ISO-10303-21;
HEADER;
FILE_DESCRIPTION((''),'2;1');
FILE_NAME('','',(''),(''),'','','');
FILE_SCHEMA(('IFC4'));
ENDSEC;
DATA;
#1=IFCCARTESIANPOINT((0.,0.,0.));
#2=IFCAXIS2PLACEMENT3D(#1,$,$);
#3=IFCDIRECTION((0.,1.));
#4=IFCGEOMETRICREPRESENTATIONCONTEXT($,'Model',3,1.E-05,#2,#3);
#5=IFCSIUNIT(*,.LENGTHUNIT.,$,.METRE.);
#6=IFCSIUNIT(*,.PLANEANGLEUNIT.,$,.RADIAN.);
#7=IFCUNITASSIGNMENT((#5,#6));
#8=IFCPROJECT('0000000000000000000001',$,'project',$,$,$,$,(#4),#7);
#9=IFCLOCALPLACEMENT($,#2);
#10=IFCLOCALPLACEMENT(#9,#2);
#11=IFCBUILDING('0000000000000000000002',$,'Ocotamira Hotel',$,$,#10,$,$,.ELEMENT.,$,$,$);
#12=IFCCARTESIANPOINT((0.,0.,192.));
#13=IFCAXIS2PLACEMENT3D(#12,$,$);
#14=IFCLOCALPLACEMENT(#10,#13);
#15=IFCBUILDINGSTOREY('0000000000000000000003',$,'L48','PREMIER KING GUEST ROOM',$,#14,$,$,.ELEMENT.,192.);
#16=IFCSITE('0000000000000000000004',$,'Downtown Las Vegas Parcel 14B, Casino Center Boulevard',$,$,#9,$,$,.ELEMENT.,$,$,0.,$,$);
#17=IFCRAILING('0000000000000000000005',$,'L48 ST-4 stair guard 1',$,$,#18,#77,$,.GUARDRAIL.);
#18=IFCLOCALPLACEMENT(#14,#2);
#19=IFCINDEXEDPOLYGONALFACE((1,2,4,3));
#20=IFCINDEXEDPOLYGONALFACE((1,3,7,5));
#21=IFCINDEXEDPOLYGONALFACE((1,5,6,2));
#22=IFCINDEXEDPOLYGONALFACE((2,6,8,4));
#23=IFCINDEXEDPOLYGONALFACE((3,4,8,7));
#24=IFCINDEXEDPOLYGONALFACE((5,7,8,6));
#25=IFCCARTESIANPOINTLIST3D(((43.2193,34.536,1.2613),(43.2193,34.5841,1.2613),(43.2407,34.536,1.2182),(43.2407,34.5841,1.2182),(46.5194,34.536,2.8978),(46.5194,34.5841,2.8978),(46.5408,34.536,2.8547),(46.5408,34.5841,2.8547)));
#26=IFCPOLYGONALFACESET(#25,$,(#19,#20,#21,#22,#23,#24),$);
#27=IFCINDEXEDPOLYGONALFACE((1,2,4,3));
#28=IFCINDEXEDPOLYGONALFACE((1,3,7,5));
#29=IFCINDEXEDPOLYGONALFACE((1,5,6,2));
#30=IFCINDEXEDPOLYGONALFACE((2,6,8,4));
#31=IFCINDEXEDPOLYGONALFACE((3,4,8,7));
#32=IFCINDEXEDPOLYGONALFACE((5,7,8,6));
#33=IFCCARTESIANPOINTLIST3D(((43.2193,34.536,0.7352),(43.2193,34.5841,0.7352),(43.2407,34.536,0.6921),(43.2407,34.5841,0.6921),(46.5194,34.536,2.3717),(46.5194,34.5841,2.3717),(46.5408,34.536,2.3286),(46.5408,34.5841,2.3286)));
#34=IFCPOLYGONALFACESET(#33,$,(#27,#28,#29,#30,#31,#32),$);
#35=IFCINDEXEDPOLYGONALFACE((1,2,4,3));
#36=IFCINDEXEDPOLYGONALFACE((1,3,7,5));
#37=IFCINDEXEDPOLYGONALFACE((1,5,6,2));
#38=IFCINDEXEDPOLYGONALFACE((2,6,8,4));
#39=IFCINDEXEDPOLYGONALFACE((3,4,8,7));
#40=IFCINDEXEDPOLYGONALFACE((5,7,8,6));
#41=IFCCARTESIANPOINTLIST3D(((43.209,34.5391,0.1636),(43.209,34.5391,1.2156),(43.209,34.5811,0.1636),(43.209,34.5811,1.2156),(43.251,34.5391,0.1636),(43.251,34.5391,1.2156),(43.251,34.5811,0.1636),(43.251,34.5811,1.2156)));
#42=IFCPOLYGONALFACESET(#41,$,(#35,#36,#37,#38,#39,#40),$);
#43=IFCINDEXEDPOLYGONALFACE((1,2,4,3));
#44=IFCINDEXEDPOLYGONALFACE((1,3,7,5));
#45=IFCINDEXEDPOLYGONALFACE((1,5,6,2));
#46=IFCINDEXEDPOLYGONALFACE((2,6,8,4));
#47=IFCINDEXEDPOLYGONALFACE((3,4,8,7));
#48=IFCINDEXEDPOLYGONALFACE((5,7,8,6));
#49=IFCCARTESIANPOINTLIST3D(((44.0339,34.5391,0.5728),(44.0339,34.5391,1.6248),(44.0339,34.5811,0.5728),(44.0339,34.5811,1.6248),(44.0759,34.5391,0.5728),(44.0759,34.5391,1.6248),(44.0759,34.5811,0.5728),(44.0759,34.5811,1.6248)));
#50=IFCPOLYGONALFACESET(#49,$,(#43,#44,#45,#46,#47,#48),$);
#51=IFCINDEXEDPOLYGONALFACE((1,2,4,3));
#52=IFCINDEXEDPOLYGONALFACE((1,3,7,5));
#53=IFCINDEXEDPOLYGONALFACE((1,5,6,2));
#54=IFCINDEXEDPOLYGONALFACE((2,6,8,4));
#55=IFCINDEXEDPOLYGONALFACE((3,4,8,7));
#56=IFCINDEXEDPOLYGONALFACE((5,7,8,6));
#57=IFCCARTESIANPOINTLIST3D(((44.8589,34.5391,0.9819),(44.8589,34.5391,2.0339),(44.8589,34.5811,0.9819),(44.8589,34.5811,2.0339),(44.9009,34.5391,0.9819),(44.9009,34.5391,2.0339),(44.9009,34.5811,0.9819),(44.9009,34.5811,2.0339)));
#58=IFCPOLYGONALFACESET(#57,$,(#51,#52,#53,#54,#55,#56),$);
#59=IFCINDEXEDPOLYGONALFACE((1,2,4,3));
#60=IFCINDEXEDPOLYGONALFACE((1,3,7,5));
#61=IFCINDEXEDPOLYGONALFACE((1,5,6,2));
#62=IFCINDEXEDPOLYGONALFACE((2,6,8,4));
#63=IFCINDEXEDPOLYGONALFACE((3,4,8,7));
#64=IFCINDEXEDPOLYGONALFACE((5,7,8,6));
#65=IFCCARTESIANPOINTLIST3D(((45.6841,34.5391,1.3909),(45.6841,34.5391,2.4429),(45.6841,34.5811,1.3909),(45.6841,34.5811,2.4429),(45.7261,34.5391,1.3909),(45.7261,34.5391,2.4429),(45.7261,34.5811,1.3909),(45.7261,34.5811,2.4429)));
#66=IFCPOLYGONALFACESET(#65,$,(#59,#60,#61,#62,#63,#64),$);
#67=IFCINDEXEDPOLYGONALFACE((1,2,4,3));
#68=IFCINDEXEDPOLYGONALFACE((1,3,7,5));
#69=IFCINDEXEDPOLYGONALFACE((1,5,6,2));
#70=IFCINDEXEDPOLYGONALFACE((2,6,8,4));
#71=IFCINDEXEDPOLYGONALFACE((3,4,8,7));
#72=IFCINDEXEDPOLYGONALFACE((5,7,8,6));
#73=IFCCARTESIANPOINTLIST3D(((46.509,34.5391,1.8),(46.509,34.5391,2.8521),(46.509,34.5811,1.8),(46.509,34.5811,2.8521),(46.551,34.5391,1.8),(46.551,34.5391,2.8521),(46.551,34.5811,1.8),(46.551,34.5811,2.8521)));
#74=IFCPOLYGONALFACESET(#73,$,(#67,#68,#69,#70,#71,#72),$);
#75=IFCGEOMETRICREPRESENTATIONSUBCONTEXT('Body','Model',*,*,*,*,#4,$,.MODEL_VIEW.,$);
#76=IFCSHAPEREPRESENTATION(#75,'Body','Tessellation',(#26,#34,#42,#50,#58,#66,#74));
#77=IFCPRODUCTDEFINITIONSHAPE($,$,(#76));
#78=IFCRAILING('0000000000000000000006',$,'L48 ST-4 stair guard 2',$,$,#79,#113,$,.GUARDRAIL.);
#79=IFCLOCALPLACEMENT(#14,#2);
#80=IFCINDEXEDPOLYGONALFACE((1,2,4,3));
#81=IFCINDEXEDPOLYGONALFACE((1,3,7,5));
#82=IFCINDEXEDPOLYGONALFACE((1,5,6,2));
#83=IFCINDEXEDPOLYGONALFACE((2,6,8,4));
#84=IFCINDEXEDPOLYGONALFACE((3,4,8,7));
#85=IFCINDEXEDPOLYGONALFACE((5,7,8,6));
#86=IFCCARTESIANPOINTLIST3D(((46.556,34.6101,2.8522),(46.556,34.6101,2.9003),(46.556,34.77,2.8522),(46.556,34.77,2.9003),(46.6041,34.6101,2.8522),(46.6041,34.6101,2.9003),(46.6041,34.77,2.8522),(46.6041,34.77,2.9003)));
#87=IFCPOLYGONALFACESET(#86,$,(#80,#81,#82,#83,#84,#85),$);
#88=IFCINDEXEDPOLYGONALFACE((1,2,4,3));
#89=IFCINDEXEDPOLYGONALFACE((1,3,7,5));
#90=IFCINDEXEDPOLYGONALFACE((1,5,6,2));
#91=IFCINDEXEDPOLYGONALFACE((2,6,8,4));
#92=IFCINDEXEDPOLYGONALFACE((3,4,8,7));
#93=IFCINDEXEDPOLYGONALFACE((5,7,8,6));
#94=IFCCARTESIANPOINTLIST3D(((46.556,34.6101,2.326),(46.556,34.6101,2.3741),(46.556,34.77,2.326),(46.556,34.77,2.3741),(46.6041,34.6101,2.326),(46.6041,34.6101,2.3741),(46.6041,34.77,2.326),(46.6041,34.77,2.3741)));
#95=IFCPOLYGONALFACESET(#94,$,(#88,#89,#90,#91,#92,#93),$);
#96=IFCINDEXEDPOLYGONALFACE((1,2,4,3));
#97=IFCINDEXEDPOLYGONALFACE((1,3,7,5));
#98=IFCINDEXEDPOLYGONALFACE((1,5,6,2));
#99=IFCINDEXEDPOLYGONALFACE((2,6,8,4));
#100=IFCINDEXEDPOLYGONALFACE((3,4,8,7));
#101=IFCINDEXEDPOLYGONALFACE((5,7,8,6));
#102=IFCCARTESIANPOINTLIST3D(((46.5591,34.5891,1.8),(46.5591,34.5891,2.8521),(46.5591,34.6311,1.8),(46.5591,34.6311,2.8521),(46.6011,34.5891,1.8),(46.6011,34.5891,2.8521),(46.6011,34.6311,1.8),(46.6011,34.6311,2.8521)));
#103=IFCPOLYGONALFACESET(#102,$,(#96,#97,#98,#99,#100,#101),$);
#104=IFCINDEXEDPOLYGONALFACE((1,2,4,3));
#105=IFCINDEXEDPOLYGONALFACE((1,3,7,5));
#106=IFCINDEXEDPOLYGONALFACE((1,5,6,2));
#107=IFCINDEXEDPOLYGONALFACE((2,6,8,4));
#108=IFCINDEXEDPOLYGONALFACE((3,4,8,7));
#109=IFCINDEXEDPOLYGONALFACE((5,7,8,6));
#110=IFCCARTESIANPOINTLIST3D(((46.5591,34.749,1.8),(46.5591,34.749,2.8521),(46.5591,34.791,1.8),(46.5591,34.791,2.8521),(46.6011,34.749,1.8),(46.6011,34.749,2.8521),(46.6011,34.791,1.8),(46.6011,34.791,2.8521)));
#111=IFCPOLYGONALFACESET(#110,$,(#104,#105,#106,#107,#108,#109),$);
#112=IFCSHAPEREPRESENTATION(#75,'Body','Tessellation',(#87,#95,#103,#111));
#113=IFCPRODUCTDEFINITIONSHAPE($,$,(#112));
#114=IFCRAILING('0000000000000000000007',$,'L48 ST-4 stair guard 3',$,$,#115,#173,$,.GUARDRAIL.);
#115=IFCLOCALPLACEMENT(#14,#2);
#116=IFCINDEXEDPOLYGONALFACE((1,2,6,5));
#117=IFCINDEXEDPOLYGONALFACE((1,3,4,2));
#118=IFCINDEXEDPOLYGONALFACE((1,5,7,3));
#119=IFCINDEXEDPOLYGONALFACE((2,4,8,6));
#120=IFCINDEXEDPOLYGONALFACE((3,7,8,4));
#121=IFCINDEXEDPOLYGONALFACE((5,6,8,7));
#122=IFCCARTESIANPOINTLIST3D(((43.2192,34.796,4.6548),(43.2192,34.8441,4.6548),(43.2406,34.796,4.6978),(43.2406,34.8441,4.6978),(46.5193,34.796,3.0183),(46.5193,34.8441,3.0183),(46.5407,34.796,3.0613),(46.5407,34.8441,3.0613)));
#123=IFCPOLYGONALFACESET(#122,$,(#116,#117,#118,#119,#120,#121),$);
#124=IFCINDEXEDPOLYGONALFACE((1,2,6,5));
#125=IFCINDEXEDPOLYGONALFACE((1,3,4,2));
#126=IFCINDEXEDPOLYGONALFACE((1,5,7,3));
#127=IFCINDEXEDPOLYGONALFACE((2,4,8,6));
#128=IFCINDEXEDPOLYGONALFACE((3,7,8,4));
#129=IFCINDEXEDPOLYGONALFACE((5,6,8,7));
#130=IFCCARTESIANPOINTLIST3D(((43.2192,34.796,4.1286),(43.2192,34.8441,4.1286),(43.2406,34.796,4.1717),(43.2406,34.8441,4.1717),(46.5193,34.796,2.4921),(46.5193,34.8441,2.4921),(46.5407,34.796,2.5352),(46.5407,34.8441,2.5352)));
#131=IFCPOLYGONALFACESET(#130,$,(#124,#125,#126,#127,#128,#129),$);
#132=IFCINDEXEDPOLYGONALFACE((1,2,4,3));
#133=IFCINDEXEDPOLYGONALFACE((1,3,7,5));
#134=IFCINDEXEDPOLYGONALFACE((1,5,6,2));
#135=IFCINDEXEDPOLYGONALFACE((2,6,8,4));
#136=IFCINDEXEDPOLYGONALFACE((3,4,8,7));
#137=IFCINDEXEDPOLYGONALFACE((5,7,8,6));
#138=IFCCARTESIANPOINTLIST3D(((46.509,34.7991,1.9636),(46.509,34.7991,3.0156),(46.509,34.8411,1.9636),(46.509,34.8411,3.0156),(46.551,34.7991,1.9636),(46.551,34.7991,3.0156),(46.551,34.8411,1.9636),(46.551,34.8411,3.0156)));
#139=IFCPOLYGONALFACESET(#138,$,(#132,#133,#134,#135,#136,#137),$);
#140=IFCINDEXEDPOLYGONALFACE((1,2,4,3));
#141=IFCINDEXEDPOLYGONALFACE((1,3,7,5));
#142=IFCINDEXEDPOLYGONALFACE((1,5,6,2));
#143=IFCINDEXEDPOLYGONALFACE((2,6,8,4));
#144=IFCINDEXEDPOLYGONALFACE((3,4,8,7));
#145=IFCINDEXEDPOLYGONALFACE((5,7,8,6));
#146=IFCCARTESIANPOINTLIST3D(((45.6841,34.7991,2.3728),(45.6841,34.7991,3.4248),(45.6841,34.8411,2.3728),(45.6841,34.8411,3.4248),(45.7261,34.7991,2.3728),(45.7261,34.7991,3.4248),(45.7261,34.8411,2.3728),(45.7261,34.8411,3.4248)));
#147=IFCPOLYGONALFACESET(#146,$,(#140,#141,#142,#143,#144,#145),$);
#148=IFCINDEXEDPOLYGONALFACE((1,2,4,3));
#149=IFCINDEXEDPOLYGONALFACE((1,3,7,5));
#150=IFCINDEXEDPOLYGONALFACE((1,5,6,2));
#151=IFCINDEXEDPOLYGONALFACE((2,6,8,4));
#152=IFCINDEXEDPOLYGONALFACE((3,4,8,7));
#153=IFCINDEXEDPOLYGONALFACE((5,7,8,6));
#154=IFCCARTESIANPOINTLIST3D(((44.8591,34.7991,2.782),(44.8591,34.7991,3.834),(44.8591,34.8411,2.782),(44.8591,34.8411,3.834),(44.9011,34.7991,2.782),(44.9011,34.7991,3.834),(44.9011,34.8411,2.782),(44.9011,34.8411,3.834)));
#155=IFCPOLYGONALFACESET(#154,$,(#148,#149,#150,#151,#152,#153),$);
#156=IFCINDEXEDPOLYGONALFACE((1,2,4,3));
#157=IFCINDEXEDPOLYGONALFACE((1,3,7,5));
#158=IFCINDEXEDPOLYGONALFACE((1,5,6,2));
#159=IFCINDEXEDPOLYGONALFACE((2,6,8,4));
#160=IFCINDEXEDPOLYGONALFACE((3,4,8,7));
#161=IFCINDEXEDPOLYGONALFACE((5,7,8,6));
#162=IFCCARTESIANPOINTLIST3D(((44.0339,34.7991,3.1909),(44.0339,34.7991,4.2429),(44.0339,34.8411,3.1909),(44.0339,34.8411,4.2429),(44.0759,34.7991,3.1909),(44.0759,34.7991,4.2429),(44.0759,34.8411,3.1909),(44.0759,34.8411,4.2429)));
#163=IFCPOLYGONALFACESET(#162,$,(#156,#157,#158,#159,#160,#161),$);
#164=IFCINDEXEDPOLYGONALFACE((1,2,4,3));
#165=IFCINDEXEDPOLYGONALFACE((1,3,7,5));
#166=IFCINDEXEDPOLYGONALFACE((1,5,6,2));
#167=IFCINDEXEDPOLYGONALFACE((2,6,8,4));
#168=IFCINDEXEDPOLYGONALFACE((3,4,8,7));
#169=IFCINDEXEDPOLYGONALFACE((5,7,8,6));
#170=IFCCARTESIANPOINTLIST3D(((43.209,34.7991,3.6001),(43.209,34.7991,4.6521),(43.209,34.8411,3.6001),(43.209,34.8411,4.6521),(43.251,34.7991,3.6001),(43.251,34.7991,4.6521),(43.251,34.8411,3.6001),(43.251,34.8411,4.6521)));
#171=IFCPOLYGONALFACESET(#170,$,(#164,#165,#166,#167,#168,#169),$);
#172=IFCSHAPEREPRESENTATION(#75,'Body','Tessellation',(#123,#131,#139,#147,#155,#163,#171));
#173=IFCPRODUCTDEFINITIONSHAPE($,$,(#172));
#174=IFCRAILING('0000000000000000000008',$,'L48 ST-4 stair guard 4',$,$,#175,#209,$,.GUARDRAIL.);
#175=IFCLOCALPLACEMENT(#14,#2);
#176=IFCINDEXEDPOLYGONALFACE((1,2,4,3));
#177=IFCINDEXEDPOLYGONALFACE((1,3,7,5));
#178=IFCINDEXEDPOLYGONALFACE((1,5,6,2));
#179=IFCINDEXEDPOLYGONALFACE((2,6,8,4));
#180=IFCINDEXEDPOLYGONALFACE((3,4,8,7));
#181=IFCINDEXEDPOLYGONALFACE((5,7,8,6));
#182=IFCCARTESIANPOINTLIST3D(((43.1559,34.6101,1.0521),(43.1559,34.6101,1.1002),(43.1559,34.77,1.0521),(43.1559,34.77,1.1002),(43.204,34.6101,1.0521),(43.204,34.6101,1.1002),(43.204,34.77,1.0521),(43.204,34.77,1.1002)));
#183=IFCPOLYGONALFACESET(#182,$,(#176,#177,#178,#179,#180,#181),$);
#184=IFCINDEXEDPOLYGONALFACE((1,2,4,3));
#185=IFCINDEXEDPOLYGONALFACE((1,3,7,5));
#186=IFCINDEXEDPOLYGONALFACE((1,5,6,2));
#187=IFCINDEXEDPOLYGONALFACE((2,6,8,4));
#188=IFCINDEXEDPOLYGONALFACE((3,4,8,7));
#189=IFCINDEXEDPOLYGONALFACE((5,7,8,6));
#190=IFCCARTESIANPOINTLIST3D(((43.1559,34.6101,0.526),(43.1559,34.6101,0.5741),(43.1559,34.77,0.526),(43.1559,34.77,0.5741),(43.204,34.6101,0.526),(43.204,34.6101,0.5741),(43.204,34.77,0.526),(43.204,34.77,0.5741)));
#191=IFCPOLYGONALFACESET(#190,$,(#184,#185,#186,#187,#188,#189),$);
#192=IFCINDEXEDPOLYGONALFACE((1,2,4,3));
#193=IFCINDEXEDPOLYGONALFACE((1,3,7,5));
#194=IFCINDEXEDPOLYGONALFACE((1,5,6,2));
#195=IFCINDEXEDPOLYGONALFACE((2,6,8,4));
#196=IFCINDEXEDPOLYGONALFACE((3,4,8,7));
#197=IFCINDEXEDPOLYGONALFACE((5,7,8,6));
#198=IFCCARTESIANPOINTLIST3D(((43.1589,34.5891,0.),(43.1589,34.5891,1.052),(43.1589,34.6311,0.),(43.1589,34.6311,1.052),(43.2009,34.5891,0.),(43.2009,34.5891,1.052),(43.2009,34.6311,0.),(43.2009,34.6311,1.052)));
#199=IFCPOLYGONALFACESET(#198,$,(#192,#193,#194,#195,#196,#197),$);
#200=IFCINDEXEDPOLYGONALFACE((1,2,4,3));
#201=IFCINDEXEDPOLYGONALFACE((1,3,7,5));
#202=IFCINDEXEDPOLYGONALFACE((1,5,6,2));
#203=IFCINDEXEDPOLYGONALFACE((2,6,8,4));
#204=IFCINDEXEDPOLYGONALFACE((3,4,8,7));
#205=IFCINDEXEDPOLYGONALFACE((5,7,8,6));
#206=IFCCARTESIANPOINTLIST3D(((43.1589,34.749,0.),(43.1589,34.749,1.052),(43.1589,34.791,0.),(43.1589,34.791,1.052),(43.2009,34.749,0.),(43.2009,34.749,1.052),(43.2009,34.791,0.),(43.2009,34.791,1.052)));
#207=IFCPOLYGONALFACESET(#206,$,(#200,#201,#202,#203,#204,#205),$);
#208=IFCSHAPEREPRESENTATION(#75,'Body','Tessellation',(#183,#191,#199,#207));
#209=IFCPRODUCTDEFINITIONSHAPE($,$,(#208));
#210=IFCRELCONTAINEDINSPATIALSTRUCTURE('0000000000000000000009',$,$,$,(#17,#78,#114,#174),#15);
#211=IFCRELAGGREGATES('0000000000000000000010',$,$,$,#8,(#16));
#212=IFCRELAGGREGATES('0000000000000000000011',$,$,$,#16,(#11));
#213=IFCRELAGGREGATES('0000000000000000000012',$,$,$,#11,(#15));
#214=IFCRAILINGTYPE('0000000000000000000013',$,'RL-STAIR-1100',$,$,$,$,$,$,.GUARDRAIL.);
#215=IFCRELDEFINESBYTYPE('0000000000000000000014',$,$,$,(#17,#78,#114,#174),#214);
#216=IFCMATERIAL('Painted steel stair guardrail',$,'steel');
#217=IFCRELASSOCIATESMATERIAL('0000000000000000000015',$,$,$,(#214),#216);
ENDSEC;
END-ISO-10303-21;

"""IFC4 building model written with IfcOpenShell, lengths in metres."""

from ifc_helpers import new_model, si_unit, direction, frame, origin, origin_2d, place, context, subcontext, project, spatial, rectangle, extrude, material, type_object, element, save


model = new_model("IFC4")

# Units and contexts
model_context = context("Model", 3, precision=1e-05, world=origin(), true_north=direction((0.0, 1.0)))
body_context = subcontext(model_context, "Body", "Model", "MODEL_VIEW")
ifc_project = project(units=[si_unit("LENGTHUNIT", "METRE"), si_unit("PLANEANGLEUNIT", "RADIAN")], contexts=[model_context])

# Site, building, storey
site_placement = place(None, origin())
site = spatial("IfcSite", under=ifc_project, at=site_placement, Name="Downtown Las Vegas Parcel 14B, Casino Center Boulevard", CompositionType="ELEMENT", RefElevation=0.0)
building_placement = place(site_placement, origin())
building = spatial("IfcBuilding", under=site, at=building_placement, Name="Ocotamira Hotel", CompositionType="ELEMENT")
storey_placement = place(building_placement, frame((0.0, 0.0, 192.0)))
storey = spatial("IfcBuildingStorey", under=building, at=storey_placement, Name="L48", Description="PREMIER KING GUEST ROOM", CompositionType="ELEMENT", Elevation=192.0)

# Railings
ifc_material_1 = material(Name="Painted steel stair guardrail", Category="steel")
railing_type_1 = type_object("IfcRailingType", Name="RL-STAIR-1100", PredefinedType="GUARDRAIL", material=ifc_material_1)
railing_1_placement = place(storey_placement, frame((43.23, 34.5601, 0.1636)))
element("IfcRailing", 1, at=railing_1_placement, inside=storey, type_object=railing_type_1, Name="L48 ST-4 stair guard 1", PredefinedType="GUARDRAIL", context=body_context, shape_type="SweptSolid", body=[
    extrude(rectangle(XDim=0.0481, YDim=0.0481, at=origin_2d()), frame((0.0, 0.0, 1.0762), z_axis=(0.895894, 0.0, 0.444268), x_axis=(0.0, 1.0, 0.0)), (0.0, 0.0, 1.0), 3.6836),
    extrude(rectangle(XDim=0.0481, YDim=0.0481, at=origin_2d()), frame((0.0, 0.0, 0.55), z_axis=(0.895894, 0.0, 0.444268), x_axis=(0.0, 1.0, 0.0)), (0.0, 0.0, 1.0), 3.6836),
    extrude(rectangle(XDim=0.042, YDim=0.042, at=origin_2d()), origin(), (0.0, 0.0, 1.0), 1.052),
    extrude(rectangle(XDim=0.042, YDim=0.042, at=origin_2d()), frame((0.825, 0.0, 0.4092)), (0.0, 0.0, 1.0), 1.052),
    extrude(rectangle(XDim=0.042, YDim=0.042, at=origin_2d()), frame((1.6499, 0.0, 0.8184)), (0.0, 0.0, 1.0), 1.052),
    extrude(rectangle(XDim=0.042, YDim=0.042, at=origin_2d()), frame((2.4751, 0.0, 1.2273)), (0.0, 0.0, 1.0), 1.052),
    extrude(rectangle(XDim=0.042, YDim=0.042, at=origin_2d()), frame((3.3, 0.0, 1.6365)), (0.0, 0.0, 1.0), 1.052),
])
railing_2_placement = place(storey_placement, frame((46.5801, 34.6101, 1.8)))
element("IfcRailing", 2, at=railing_2_placement, inside=storey, type_object=railing_type_1, Name="L48 ST-4 stair guard 2", PredefinedType="GUARDRAIL", context=body_context, shape_type="SweptSolid", body=[
    extrude(rectangle(XDim=0.0481, YDim=0.0481, at=origin_2d()), frame((0.0, 0.0, 1.0762), z_axis=(0.0, 1.0, 0.0), x_axis=(-1.0, 0.0, 0.0)), (0.0, 0.0, 1.0), 0.1599),
    extrude(rectangle(XDim=0.0481, YDim=0.0481, at=origin_2d()), frame((0.0, 0.0, 0.55), z_axis=(0.0, 1.0, 0.0), x_axis=(-1.0, 0.0, 0.0)), (0.0, 0.0, 1.0), 0.1599),
    extrude(rectangle(XDim=0.042, YDim=0.042, at=origin_2d()), origin(), (0.0, 0.0, 1.0), 1.052),
    extrude(rectangle(XDim=0.042, YDim=0.042, at=origin_2d()), frame((0.0, 0.1599, 0.0)), (0.0, 0.0, 1.0), 1.052),
])
railing_3_placement = place(storey_placement, frame((46.53, 34.8201, 1.9636)))
element("IfcRailing", 3, at=railing_3_placement, inside=storey, type_object=railing_type_1, Name="L48 ST-4 stair guard 3", PredefinedType="GUARDRAIL", context=body_context, shape_type="SweptSolid", body=[
    extrude(rectangle(XDim=0.0481, YDim=0.0481, at=origin_2d()), frame((0.0, 0.0, 1.0762), z_axis=(-0.895894, 0.0, 0.444268), x_axis=(0.0, -1.0, 0.0)), (0.0, 0.0, 1.0), 3.6836),
    extrude(rectangle(XDim=0.0481, YDim=0.0481, at=origin_2d()), frame((0.0, 0.0, 0.55), z_axis=(-0.895894, 0.0, 0.444268), x_axis=(0.0, -1.0, 0.0)), (0.0, 0.0, 1.0), 3.6836),
    extrude(rectangle(XDim=0.042, YDim=0.042, at=origin_2d()), origin(), (0.0, 0.0, 1.0), 1.052),
    extrude(rectangle(XDim=0.042, YDim=0.042, at=origin_2d()), frame((-0.825, 0.0, 0.4092)), (0.0, 0.0, 1.0), 1.052),
    extrude(rectangle(XDim=0.042, YDim=0.042, at=origin_2d()), frame((-1.6499, 0.0, 0.8184)), (0.0, 0.0, 1.0), 1.052),
    extrude(rectangle(XDim=0.042, YDim=0.042, at=origin_2d()), frame((-2.4751, 0.0, 1.2273)), (0.0, 0.0, 1.0), 1.052),
    extrude(rectangle(XDim=0.042, YDim=0.042, at=origin_2d()), frame((-3.3, 0.0, 1.6365)), (0.0, 0.0, 1.0), 1.052),
])
railing_4_placement = place(storey_placement, frame((43.1799, 34.6101, 0.0)))
element("IfcRailing", 4, at=railing_4_placement, inside=storey, type_object=railing_type_1, Name="L48 ST-4 stair guard 4", PredefinedType="GUARDRAIL", context=body_context, shape_type="SweptSolid", body=[
    extrude(rectangle(XDim=0.0481, YDim=0.0481, at=origin_2d()), frame((0.0, 0.0, 1.0762), z_axis=(0.0, 1.0, 0.0), x_axis=(-1.0, 0.0, 0.0)), (0.0, 0.0, 1.0), 0.1599),
    extrude(rectangle(XDim=0.0481, YDim=0.0481, at=origin_2d()), frame((0.0, 0.0, 0.55), z_axis=(0.0, 1.0, 0.0), x_axis=(-1.0, 0.0, 0.0)), (0.0, 0.0, 1.0), 0.1599),
    extrude(rectangle(XDim=0.042, YDim=0.042, at=origin_2d()), origin(), (0.0, 0.0, 1.0), 1.052),
    extrude(rectangle(XDim=0.042, YDim=0.042, at=origin_2d()), frame((0.0, 0.1599, 0.0)), (0.0, 0.0, 1.0), 1.052),
])

save(model, "model.ifc")
